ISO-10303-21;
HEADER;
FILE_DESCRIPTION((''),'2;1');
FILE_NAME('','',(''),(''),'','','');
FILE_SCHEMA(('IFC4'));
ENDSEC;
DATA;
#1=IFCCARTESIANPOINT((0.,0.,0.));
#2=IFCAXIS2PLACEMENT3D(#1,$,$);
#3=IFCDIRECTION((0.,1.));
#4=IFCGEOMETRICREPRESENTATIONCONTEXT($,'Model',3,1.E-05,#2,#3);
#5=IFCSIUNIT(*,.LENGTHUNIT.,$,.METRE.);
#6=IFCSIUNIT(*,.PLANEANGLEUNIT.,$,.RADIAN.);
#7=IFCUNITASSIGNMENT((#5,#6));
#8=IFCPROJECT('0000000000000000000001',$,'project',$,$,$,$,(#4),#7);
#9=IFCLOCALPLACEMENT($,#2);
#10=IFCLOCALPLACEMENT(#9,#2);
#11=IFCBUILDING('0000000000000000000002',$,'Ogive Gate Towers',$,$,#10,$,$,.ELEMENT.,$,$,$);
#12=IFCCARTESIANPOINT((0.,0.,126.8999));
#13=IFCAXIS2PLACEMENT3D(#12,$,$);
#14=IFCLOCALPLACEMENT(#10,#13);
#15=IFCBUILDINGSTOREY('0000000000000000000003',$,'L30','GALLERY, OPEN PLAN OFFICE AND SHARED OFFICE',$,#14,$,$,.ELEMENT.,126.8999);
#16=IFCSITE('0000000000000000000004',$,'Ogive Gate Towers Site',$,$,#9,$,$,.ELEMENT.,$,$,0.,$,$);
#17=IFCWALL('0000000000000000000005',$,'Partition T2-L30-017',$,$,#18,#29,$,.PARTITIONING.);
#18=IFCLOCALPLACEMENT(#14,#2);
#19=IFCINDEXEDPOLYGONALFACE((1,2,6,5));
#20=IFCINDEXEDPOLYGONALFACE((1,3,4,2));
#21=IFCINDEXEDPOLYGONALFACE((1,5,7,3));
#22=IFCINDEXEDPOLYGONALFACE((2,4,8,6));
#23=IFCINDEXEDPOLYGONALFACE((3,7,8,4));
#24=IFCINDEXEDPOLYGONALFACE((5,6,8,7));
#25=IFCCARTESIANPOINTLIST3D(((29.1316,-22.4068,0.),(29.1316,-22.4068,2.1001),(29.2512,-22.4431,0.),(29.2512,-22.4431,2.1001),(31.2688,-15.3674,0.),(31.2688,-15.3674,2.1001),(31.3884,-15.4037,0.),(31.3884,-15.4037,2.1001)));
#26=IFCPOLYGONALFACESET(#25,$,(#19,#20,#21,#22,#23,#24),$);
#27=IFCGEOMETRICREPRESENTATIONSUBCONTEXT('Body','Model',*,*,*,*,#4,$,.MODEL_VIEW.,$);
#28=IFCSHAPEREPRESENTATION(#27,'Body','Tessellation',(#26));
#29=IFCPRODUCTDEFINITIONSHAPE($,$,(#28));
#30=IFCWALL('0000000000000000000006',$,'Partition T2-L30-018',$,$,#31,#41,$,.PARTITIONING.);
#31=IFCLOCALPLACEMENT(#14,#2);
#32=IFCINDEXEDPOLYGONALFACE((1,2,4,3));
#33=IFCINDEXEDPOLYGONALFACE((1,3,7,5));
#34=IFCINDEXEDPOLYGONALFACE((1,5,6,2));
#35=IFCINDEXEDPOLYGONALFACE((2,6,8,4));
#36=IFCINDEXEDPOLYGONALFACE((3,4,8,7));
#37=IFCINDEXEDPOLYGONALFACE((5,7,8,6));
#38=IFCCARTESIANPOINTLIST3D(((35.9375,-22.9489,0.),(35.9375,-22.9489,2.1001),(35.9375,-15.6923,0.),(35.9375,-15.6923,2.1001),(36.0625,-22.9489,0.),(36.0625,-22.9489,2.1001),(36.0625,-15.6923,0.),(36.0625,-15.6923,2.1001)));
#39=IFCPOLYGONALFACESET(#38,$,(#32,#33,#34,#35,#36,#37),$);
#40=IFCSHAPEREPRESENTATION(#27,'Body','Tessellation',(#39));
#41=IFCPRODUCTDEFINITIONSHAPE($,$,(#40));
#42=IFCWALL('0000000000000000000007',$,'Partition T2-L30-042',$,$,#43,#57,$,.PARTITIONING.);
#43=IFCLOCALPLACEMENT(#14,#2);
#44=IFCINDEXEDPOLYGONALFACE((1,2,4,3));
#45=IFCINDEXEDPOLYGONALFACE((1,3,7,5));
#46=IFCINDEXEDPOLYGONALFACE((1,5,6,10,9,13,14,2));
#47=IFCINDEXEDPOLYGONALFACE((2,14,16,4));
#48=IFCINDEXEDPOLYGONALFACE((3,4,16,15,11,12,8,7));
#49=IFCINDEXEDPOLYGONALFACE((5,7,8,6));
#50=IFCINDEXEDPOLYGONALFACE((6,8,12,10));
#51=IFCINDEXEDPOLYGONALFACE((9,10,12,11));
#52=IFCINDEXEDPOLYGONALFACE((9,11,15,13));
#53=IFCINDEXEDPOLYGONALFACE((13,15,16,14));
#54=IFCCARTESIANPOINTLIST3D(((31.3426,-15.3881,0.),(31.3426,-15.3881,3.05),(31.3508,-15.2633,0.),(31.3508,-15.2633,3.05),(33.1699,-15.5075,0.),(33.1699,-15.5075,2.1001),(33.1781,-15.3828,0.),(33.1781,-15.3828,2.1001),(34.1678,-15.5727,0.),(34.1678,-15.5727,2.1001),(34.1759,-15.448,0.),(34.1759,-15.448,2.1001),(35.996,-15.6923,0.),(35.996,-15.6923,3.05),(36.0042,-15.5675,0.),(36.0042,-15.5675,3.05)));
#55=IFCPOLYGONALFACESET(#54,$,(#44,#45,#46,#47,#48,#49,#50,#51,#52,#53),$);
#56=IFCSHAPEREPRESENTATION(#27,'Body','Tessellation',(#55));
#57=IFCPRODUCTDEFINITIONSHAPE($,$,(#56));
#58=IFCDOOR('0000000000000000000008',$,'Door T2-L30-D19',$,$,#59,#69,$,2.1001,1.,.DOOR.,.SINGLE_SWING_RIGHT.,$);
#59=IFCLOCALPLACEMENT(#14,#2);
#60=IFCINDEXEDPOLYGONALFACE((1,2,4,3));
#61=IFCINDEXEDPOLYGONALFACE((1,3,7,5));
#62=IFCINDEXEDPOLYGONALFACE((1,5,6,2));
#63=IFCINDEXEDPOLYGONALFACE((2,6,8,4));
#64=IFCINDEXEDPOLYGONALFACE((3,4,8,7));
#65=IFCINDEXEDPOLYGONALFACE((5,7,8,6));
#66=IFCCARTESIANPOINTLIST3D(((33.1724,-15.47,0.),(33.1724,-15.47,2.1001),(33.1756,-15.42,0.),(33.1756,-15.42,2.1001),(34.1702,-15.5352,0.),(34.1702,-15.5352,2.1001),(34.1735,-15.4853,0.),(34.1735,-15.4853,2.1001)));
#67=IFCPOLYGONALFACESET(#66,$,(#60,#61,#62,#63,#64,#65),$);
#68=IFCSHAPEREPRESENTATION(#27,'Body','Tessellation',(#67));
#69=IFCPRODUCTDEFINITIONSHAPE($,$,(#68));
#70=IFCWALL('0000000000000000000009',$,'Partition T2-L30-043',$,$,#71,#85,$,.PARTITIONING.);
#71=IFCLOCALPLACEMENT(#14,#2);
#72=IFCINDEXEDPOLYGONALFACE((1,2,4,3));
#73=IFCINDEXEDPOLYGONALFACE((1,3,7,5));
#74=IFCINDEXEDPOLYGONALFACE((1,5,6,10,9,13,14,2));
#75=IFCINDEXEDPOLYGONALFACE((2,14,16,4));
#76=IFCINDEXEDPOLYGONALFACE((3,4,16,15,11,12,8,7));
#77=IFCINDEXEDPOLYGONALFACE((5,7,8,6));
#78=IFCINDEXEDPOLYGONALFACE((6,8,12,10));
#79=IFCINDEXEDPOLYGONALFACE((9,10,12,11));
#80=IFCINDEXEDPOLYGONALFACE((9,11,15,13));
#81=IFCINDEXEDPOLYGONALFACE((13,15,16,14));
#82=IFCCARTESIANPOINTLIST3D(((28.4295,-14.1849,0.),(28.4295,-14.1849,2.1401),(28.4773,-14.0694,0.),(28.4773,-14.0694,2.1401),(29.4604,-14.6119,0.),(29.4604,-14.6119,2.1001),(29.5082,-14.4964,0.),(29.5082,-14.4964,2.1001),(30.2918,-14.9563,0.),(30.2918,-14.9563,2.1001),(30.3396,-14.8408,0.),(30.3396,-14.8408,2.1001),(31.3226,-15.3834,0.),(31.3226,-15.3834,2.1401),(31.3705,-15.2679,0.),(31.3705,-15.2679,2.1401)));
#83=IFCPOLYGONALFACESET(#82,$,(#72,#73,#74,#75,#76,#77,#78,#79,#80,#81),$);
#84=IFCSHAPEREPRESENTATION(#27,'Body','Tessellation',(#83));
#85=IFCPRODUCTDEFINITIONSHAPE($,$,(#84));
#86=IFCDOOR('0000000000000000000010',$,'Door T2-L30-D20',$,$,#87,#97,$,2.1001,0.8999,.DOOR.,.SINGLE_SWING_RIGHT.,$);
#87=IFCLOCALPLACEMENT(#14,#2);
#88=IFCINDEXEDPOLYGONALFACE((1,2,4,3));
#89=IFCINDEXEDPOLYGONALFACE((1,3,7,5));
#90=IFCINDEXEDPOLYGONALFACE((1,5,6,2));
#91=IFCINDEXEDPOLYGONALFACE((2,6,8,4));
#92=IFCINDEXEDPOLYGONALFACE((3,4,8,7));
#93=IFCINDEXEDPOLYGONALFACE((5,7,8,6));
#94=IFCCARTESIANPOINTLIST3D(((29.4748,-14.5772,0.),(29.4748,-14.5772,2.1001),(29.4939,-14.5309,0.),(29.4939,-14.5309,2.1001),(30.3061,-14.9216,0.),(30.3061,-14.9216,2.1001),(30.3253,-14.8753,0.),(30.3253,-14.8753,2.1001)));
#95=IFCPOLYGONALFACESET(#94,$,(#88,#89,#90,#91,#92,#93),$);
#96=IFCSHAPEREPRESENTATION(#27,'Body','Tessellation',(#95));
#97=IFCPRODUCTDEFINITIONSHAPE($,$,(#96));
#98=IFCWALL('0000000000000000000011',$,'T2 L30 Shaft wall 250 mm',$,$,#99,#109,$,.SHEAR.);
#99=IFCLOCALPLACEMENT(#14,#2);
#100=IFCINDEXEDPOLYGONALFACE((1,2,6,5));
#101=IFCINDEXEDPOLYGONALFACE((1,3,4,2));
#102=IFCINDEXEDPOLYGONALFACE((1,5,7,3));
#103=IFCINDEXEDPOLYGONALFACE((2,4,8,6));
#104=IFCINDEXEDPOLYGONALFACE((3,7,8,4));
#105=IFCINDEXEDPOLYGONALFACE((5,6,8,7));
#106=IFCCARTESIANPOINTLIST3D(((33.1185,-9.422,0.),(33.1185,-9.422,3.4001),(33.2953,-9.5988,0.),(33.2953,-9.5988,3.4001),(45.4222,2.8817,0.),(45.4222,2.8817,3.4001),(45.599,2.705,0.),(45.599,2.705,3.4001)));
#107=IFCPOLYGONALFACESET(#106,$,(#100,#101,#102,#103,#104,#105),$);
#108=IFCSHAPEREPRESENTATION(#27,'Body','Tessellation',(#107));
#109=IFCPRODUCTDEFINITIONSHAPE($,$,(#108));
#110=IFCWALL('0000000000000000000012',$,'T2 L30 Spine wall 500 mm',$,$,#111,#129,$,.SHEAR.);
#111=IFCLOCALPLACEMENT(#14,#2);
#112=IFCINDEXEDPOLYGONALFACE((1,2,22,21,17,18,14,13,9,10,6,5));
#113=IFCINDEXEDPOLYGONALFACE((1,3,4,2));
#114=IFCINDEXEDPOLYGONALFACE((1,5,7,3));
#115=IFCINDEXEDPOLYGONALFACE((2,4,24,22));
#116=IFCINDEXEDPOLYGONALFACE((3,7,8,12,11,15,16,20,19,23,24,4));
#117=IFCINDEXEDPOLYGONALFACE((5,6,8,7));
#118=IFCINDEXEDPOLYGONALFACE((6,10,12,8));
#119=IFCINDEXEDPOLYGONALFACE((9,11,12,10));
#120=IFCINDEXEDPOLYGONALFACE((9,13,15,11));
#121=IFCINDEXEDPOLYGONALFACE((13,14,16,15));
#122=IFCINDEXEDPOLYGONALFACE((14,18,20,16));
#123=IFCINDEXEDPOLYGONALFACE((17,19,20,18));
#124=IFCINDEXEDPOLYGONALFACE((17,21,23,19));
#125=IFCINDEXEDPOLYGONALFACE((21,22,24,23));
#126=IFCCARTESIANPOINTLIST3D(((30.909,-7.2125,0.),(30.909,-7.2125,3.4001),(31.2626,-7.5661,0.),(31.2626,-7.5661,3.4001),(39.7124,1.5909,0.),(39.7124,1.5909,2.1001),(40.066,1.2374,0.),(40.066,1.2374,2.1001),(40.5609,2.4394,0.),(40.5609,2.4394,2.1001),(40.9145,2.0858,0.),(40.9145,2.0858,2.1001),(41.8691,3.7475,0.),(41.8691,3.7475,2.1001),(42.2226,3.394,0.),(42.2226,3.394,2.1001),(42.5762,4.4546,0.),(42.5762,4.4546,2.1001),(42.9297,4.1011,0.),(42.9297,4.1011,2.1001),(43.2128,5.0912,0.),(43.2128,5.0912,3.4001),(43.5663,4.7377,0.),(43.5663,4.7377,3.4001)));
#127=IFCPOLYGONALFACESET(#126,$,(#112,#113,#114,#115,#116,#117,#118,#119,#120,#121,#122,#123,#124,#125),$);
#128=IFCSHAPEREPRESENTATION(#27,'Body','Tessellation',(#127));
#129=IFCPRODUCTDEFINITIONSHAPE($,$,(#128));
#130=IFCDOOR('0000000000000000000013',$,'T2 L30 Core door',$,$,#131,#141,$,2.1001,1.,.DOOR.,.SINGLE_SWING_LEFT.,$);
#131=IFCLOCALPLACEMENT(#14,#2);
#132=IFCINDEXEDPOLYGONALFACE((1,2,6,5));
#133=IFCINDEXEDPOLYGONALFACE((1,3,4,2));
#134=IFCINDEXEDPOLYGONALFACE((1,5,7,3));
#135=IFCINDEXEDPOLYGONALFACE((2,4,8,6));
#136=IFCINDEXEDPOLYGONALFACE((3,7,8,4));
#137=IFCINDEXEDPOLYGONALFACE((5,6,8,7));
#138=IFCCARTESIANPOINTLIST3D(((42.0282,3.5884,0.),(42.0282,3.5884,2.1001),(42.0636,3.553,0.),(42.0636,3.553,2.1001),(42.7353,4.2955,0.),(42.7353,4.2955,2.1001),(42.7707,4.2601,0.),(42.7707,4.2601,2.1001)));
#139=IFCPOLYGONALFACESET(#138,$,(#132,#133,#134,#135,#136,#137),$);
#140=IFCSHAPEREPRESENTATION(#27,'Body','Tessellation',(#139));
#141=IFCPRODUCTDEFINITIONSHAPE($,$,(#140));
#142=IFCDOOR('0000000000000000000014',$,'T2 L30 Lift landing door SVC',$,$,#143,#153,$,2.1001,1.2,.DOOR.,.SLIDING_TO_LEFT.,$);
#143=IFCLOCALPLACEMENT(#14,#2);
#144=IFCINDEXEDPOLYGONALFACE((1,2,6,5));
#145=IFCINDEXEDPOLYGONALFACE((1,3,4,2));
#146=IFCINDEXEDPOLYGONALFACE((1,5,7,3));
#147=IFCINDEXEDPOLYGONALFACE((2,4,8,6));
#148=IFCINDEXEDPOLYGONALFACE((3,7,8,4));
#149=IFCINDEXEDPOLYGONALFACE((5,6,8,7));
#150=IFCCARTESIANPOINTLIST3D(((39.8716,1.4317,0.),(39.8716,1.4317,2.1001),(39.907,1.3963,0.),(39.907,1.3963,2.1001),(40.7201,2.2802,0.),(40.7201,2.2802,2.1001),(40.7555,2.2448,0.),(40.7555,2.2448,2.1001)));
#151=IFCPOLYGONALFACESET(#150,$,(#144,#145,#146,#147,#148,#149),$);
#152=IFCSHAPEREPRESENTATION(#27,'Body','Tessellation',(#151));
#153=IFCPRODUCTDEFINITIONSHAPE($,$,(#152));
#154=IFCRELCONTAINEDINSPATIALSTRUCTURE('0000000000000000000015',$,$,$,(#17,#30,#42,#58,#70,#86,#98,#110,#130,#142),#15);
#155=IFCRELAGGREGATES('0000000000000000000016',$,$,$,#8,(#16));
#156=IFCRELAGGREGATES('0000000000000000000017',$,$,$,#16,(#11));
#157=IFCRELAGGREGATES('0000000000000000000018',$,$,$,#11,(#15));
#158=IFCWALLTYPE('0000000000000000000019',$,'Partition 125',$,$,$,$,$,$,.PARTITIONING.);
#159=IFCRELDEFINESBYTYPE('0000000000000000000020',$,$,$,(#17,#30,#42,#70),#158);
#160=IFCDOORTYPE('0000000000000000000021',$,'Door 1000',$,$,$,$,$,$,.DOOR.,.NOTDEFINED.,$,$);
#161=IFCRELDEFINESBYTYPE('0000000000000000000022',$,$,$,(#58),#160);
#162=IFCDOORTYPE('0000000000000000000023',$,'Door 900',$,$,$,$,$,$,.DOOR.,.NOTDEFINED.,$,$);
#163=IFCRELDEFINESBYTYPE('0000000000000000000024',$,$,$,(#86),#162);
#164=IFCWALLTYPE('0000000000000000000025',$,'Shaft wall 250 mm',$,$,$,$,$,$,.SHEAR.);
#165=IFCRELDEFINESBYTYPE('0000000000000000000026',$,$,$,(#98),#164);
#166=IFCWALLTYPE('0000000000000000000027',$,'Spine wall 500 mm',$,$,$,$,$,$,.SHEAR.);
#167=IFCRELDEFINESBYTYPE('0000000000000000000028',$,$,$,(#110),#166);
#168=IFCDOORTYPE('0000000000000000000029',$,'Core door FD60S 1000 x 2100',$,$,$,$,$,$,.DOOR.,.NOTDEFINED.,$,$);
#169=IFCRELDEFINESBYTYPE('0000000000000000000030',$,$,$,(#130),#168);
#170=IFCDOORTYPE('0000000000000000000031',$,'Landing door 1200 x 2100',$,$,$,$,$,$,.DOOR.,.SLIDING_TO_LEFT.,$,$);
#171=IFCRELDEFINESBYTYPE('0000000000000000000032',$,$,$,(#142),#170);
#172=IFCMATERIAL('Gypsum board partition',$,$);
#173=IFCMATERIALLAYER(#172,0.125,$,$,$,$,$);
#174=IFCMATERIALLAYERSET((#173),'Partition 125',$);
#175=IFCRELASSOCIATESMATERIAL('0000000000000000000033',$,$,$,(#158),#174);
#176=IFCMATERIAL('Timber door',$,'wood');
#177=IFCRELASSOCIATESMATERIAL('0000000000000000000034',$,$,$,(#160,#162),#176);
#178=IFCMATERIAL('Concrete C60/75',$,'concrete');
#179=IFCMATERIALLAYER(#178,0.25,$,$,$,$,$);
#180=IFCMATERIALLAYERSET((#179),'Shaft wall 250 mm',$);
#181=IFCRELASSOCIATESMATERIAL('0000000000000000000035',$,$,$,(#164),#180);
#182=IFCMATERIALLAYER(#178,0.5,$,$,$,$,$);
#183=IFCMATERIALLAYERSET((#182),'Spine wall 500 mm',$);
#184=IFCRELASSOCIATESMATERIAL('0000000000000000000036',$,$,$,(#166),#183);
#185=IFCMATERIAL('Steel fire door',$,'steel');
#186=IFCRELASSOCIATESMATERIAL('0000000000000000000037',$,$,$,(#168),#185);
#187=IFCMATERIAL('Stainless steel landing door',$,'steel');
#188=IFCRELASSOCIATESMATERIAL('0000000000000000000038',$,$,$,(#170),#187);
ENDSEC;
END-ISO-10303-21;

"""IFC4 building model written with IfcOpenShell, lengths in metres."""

from ifc_helpers import new_model, si_unit, direction, frame, frame_2d, origin, place, context, subcontext, project, spatial, rectangle, extrude, material, layer, layer_set, type_object, element, fill, save


model = new_model("IFC4")

# Units and contexts
model_context = context("Model", 3, precision=1e-05, world=origin(), true_north=direction((0.0, 1.0)))
body_context = subcontext(model_context, "Body", "Model", "MODEL_VIEW")
ifc_project = project(units=[si_unit("LENGTHUNIT", "METRE"), si_unit("PLANEANGLEUNIT", "RADIAN")], contexts=[model_context])

# Site, building, storey
site_placement = place(None, origin())
site = spatial("IfcSite", under=ifc_project, at=site_placement, Name="Ogive Gate Towers Site", CompositionType="ELEMENT", RefElevation=0.0)
building_placement = place(site_placement, origin())
building = spatial("IfcBuilding", under=site, at=building_placement, Name="Ogive Gate Towers", CompositionType="ELEMENT")
storey_placement = place(building_placement, frame((0.0, 0.0, 126.8999)))
storey = spatial("IfcBuildingStorey", under=building, at=storey_placement, Name="L30", Description="GALLERY, OPEN PLAN OFFICE AND SHARED OFFICE", CompositionType="ELEMENT", Elevation=126.8999)

# Walls
ifc_material_1 = material(Name="Gypsum board partition")
ifc_layer_1 = layer(ifc_material_1, 0.125)
ifc_layer_set_1 = layer_set([ifc_layer_1], Name="Partition 125")
wall_type_1 = type_object("IfcWallType", Name="Partition 125", PredefinedType="PARTITIONING", material=ifc_layer_set_1)
wall_1_placement = place(storey_placement, frame((29.1914, -22.4248, 0.0), z_axis=(0.0, 0.0, 1.0), x_axis=(0.290516, 0.95687, 0.0)))
element("IfcWall", 1, at=wall_1_placement, inside=storey, type_object=wall_type_1, Name="Partition T2-L30-017", PredefinedType="PARTITIONING", context=body_context, shape_type="SweptSolid", body=[
    extrude(rectangle(XDim=7.3567, YDim=0.125, at=frame_2d((3.6782, 0.0))), origin(), (0.0, 0.0, 1.0), 2.1001),
])
wall_2_placement = place(storey_placement, frame((36.0, -22.949, 0.0), z_axis=(0.0, 0.0, 1.0), x_axis=(0.0, 1.0, 0.0)))
element("IfcWall", 2, at=wall_2_placement, inside=storey, type_object=wall_type_1, Name="Partition T2-L30-018", PredefinedType="PARTITIONING", context=body_context, shape_type="SweptSolid", body=[
    extrude(rectangle(XDim=7.2566, YDim=0.125, at=frame_2d((3.6284, 0.0))), origin(), (0.0, 0.0, 1.0), 2.1001),
])

# Walls, openings, doors
wall_3_placement = place(storey_placement, frame((36.0, -15.6299, 0.0), z_axis=(0.0, 0.0, 1.0), x_axis=(-0.99787, 0.065233, 0.0)))
wall_3 = element("IfcWall", 3, at=wall_3_placement, inside=storey, type_object=wall_type_1, Name="Partition T2-L30-042", PredefinedType="PARTITIONING", context=body_context, shape_type="SweptSolid", body=[
    extrude(rectangle(XDim=4.6633, YDim=0.125, at=frame_2d((2.3315, 0.0))), origin(), (0.0, 0.0, 1.0), 3.05),
])
opening_1_placement = place(wall_3_placement, frame((1.832, 0.0, 0.0)))
opening_1 = element("IfcOpeningElement", 4, at=opening_1_placement, cuts=wall_3, PredefinedType="OPENING", context=body_context, shape_type="SweptSolid", body=[
    extrude(rectangle(XDim=1.0, YDim=2.1001, at=frame_2d((0.5, 1.05))), frame((0.0, 0.0725, 0.0), z_axis=(0.0, -1.0, 0.0), x_axis=(1.0, 0.0, 0.0)), (0.0, 0.0, 1.0), 0.145),
])
ifc_material_2 = material(Name="Timber door", Category="wood")
door_type_1 = type_object("IfcDoorType", Name="Door 1000", OperationType="NOTDEFINED", PredefinedType="DOOR", material=ifc_material_2)
door_1_placement = place(opening_1_placement, origin())
door_1 = element("IfcDoor", 5, at=door_1_placement, inside=storey, type_object=door_type_1, Name="Door T2-L30-D19", OperationType="SINGLE_SWING_RIGHT", OverallHeight=2.1001, OverallWidth=1.0, PredefinedType="DOOR", context=body_context, shape_type="SweptSolid", body=[
    extrude(rectangle(XDim=1.0, YDim=2.1001, at=frame_2d((0.5, 1.05))), frame((0.0, 0.0249, 0.0), z_axis=(0.0, -1.0, 0.0), x_axis=(1.0, 0.0, 0.0)), (0.0, 0.0, 1.0), 0.05),
])
fill(opening_1, door_1)
wall_4_placement = place(storey_placement, frame((31.3467, -15.3257, 0.0), z_axis=(0.0, 0.0, 1.0), x_axis=(-0.923864, 0.382721, 0.0)))
wall_4 = element("IfcWall", 6, at=wall_4_placement, inside=storey, type_object=wall_type_1, Name="Partition T2-L30-043", PredefinedType="PARTITIONING", context=body_context, shape_type="SweptSolid", body=[
    extrude(rectangle(XDim=3.1316, YDim=0.125, at=frame_2d((1.5659, 0.0))), origin(), (0.0, 0.0, 1.0), 2.1401),
])
opening_2_placement = place(wall_4_placement, frame((1.116, 0.0, 0.0)))
opening_2 = element("IfcOpeningElement", 7, at=opening_2_placement, cuts=wall_4, PredefinedType="OPENING", context=body_context, shape_type="SweptSolid", body=[
    extrude(rectangle(XDim=0.8999, YDim=2.1001, at=frame_2d((0.45, 1.05))), frame((0.0, 0.0725, 0.0), z_axis=(0.0, -1.0, 0.0), x_axis=(1.0, 0.0, 0.0)), (0.0, 0.0, 1.0), 0.145),
])
door_type_2 = type_object("IfcDoorType", Name="Door 900", OperationType="NOTDEFINED", PredefinedType="DOOR", material=ifc_material_2)
door_2_placement = place(opening_2_placement, origin())
door_2 = element("IfcDoor", 8, at=door_2_placement, inside=storey, type_object=door_type_2, Name="Door T2-L30-D20", OperationType="SINGLE_SWING_RIGHT", OverallHeight=2.1001, OverallWidth=0.8999, PredefinedType="DOOR", context=body_context, shape_type="SweptSolid", body=[
    extrude(rectangle(XDim=0.8999, YDim=2.1001, at=frame_2d((0.45, 1.05))), frame((0.0, 0.0249, 0.0), z_axis=(0.0, -1.0, 0.0), x_axis=(1.0, 0.0, 0.0)), (0.0, 0.0, 1.0), 0.05),
])
fill(opening_2, door_2)

# Wall
ifc_material_3 = material(Name="Concrete C60/75", Category="concrete")
ifc_layer_2 = layer(ifc_material_3, 0.25)
ifc_layer_set_2 = layer_set([ifc_layer_2], Name="Shaft wall 250 mm")
wall_type_2 = type_object("IfcWallType", Name="Shaft wall 250 mm", PredefinedType="SHEAR", material=ifc_layer_set_2)
wall_5_placement = place(storey_placement, frame((33.2068, -9.5105, 0.0), z_axis=(0.0, 0.0, 1.0), x_axis=(0.707107, 0.707107, 0.0)))
element("IfcWall", 9, at=wall_5_placement, inside=storey, type_object=wall_type_2, Name="T2 L30 Shaft wall 250 mm", PredefinedType="SHEAR", context=body_context, shape_type="SweptSolid", body=[
    extrude(rectangle(XDim=17.4001, YDim=0.25, at=frame_2d((8.7002, 0.0))), origin(), (0.0, 0.0, 1.0), 3.4001),
])

# Wall, openings, doors
ifc_layer_3 = layer(ifc_material_3, 0.5)
ifc_layer_set_3 = layer_set([ifc_layer_3], Name="Spine wall 500 mm")
wall_type_3 = type_object("IfcWallType", Name="Spine wall 500 mm", PredefinedType="SHEAR", material=ifc_layer_set_3)
wall_6_placement = place(storey_placement, frame((31.0857, -7.3894, 0.0), z_axis=(0.0, 0.0, 1.0), x_axis=(0.707107, 0.707107, 0.0)))
wall_6 = element("IfcWall", 10, at=wall_6_placement, inside=storey, type_object=wall_type_3, Name="T2 L30 Spine wall 500 mm", PredefinedType="SHEAR", context=body_context, shape_type="SweptSolid", body=[
    extrude(rectangle(XDim=17.4001, YDim=0.5, at=frame_2d((8.7002, 0.0))), origin(), (0.0, 0.0, 1.0), 3.4001),
])
opening_3_placement = place(wall_6_placement, frame((12.45, 0.0, 0.0)))
opening_3 = element("IfcOpeningElement", 11, at=opening_3_placement, cuts=wall_6, PredefinedType="OPENING", context=body_context, shape_type="SweptSolid", body=[
    extrude(rectangle(XDim=1.2, YDim=2.1001, at=frame_2d((0.6001, 1.05))), frame((0.0, 0.26, 0.0), z_axis=(0.0, -1.0, 0.0), x_axis=(1.0, 0.0, 0.0)), (0.0, 0.0, 1.0), 0.52),
])
opening_4_placement = place(wall_6_placement, frame((15.5, 0.0, 0.0)))
opening_4 = element("IfcOpeningElement", 12, at=opening_4_placement, cuts=wall_6, PredefinedType="OPENING", context=body_context, shape_type="SweptSolid", body=[
    extrude(rectangle(XDim=1.0, YDim=2.1001, at=frame_2d((0.5, 1.05))), frame((0.0, 0.26, 0.0), z_axis=(0.0, -1.0, 0.0), x_axis=(1.0, 0.0, 0.0)), (0.0, 0.0, 1.0), 0.52),
])
ifc_material_4 = material(Name="Steel fire door", Category="steel")
door_type_3 = type_object("IfcDoorType", Name="Core door FD60S 1000 x 2100", OperationType="NOTDEFINED", PredefinedType="DOOR", material=ifc_material_4)
door_3_placement = place(opening_4_placement, origin())
door_3 = element("IfcDoor", 13, at=door_3_placement, inside=storey, type_object=door_type_3, Name="T2 L30 Core door", OperationType="SINGLE_SWING_LEFT", OverallHeight=2.1001, OverallWidth=1.0, PredefinedType="DOOR", context=body_context, shape_type="SweptSolid", body=[
    extrude(rectangle(XDim=1.0, YDim=2.1001, at=frame_2d((0.5, 1.05))), frame((0.0, 0.0249, 0.0), z_axis=(0.0, -1.0, 0.0), x_axis=(1.0, 0.0, 0.0)), (0.0, 0.0, 1.0), 0.05),
])
fill(opening_4, door_3)
ifc_material_5 = material(Name="Stainless steel landing door", Category="steel")
door_type_4 = type_object("IfcDoorType", Name="Landing door 1200 x 2100", OperationType="SLIDING_TO_LEFT", PredefinedType="DOOR", material=ifc_material_5)
door_4_placement = place(opening_3_placement, origin())
door_4 = element("IfcDoor", 14, at=door_4_placement, inside=storey, type_object=door_type_4, Name="T2 L30 Lift landing door SVC", OperationType="SLIDING_TO_LEFT", OverallHeight=2.1001, OverallWidth=1.2, PredefinedType="DOOR", context=body_context, shape_type="SweptSolid", body=[
    extrude(rectangle(XDim=1.2, YDim=2.1001, at=frame_2d((0.6001, 1.05))), frame((0.0, 0.0249, 0.0), z_axis=(0.0, -1.0, 0.0), x_axis=(1.0, 0.0, 0.0)), (0.0, 0.0, 1.0), 0.05),
])
fill(opening_3, door_4)

save(model, "model.ifc")
